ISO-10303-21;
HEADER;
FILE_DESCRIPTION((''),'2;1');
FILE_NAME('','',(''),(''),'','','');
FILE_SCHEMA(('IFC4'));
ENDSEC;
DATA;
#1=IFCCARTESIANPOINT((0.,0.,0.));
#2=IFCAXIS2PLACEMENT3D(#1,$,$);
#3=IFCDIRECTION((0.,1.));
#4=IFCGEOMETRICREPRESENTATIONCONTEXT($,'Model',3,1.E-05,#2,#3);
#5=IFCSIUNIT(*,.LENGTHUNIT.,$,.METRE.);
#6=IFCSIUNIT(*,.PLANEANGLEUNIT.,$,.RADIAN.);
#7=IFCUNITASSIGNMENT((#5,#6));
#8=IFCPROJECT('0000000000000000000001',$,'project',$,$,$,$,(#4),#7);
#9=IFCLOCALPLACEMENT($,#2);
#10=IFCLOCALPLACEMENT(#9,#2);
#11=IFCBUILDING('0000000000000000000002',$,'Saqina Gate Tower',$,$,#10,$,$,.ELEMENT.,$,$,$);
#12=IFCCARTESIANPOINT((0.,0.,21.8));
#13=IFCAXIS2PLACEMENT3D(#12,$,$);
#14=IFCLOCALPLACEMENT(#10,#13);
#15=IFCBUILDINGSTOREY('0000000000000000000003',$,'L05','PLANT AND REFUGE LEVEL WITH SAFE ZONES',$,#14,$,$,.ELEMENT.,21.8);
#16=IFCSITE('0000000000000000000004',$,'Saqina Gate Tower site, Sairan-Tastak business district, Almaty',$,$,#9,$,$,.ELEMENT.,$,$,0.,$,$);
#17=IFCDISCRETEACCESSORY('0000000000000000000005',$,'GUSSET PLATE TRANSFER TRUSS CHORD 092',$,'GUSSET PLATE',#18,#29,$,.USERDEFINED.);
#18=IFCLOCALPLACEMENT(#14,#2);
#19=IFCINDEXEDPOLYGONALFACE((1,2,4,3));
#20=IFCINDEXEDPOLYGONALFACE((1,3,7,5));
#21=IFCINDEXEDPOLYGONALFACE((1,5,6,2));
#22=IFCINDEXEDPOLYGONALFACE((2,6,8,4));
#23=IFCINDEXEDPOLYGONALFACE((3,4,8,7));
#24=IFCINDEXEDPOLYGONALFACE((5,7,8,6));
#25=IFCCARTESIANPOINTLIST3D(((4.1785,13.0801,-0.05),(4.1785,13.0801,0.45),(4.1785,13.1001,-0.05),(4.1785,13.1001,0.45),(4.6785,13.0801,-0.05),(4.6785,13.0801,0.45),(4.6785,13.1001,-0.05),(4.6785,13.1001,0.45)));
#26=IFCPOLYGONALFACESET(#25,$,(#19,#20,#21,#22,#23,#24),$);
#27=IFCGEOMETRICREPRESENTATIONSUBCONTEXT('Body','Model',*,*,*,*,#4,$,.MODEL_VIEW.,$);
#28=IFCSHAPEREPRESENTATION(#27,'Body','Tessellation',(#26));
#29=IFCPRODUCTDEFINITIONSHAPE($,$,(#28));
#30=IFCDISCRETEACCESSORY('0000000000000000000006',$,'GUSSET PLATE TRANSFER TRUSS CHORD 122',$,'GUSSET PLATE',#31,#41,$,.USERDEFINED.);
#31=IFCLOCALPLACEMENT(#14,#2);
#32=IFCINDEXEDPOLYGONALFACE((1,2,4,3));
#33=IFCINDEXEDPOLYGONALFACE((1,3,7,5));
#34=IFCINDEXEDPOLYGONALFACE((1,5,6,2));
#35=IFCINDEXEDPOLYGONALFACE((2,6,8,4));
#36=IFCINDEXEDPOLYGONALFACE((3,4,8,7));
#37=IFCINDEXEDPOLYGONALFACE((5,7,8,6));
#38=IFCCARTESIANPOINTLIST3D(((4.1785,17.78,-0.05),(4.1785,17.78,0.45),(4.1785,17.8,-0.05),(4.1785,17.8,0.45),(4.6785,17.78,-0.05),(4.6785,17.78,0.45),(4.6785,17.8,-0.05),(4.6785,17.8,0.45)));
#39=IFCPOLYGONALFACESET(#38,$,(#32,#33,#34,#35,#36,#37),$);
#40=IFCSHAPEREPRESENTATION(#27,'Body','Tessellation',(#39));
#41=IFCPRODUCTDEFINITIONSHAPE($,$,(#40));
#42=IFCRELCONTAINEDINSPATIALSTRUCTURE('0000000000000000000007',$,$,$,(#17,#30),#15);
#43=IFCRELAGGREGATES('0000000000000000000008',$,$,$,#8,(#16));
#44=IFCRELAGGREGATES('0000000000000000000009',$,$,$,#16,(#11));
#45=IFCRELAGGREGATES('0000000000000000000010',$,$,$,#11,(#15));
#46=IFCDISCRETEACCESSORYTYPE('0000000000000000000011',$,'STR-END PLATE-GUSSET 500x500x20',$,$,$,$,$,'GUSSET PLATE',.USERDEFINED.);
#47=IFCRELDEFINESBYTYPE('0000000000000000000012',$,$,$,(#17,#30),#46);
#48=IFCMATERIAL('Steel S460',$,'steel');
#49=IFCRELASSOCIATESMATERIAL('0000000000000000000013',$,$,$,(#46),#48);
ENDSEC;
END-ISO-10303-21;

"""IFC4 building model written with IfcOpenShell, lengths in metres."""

from ifc_helpers import new_model, si_unit, direction, frame, origin, origin_2d, place, context, subcontext, project, spatial, rectangle, extrude, material, material_profile, profile_set, type_object, element, save


model = new_model("IFC4")

# Units and contexts
model_context = context("Model", 3, precision=1e-05, world=origin(), true_north=direction((0.0, 1.0)))
body_context = subcontext(model_context, "Body", "Model", "MODEL_VIEW")
ifc_project = project(units=[si_unit("LENGTHUNIT", "METRE"), si_unit("PLANEANGLEUNIT", "RADIAN")], contexts=[model_context])

# Site, building, storey
site_placement = place(None, origin())
site = spatial("IfcSite", under=ifc_project, at=site_placement, Name="Saqina Gate Tower site, Sairan-Tastak business district, Almaty", CompositionType="ELEMENT", RefElevation=0.0)
building_placement = place(site_placement, origin())
building = spatial("IfcBuilding", under=site, at=building_placement, Name="Saqina Gate Tower", CompositionType="ELEMENT")
storey_placement = place(building_placement, frame((0.0, 0.0, 21.8)))
storey = spatial("IfcBuildingStorey", under=building, at=storey_placement, Name="L05", Description="PLANT AND REFUGE LEVEL WITH SAFE ZONES", CompositionType="ELEMENT", Elevation=21.8)

# Discrete accessories
ifc_material_1 = material(Name="Steel S460", Category="steel")
ifc_material_profile_1 = material_profile(ifc_material_1, rectangle(XDim=0.5, YDim=0.5, at=origin_2d()), Name="STR-END PLATE-GUSSET 500x500x20")
ifc_profile_set_1 = profile_set([ifc_material_profile_1], Name="Steel S460")
discrete_accessory_type = type_object("IfcDiscreteAccessoryType", Name="STR-END PLATE-GUSSET 500x500x20", ElementType="GUSSET PLATE", PredefinedType="USERDEFINED", material=ifc_profile_set_1)
for number, where, z_axis, x_axis, name in (
    (1, (4.4285, 13.1001, 0.2), (0.0, -1.0, 0.0), (1.0, 0.0, 0.0), "GUSSET PLATE TRANSFER TRUSS CHORD 092"),
    (2, (4.4285, 17.8, 0.2), (0.0, -1.0, 0.0), (1.0, 0.0, 0.0), "GUSSET PLATE TRANSFER TRUSS CHORD 122"),
):
    element("IfcDiscreteAccessory", number, at=place(storey_placement, frame(where, z_axis=z_axis, x_axis=x_axis)), inside=storey, type_object=discrete_accessory_type, Name=name, ObjectType="GUSSET PLATE", PredefinedType="USERDEFINED", context=body_context, shape_type="SweptSolid", body=[
        extrude(rectangle(XDim=0.5, YDim=0.5, at=origin_2d()), origin(), (0.0, 0.0, 1.0), 0.02),
    ])

save(model, "model.ifc")
